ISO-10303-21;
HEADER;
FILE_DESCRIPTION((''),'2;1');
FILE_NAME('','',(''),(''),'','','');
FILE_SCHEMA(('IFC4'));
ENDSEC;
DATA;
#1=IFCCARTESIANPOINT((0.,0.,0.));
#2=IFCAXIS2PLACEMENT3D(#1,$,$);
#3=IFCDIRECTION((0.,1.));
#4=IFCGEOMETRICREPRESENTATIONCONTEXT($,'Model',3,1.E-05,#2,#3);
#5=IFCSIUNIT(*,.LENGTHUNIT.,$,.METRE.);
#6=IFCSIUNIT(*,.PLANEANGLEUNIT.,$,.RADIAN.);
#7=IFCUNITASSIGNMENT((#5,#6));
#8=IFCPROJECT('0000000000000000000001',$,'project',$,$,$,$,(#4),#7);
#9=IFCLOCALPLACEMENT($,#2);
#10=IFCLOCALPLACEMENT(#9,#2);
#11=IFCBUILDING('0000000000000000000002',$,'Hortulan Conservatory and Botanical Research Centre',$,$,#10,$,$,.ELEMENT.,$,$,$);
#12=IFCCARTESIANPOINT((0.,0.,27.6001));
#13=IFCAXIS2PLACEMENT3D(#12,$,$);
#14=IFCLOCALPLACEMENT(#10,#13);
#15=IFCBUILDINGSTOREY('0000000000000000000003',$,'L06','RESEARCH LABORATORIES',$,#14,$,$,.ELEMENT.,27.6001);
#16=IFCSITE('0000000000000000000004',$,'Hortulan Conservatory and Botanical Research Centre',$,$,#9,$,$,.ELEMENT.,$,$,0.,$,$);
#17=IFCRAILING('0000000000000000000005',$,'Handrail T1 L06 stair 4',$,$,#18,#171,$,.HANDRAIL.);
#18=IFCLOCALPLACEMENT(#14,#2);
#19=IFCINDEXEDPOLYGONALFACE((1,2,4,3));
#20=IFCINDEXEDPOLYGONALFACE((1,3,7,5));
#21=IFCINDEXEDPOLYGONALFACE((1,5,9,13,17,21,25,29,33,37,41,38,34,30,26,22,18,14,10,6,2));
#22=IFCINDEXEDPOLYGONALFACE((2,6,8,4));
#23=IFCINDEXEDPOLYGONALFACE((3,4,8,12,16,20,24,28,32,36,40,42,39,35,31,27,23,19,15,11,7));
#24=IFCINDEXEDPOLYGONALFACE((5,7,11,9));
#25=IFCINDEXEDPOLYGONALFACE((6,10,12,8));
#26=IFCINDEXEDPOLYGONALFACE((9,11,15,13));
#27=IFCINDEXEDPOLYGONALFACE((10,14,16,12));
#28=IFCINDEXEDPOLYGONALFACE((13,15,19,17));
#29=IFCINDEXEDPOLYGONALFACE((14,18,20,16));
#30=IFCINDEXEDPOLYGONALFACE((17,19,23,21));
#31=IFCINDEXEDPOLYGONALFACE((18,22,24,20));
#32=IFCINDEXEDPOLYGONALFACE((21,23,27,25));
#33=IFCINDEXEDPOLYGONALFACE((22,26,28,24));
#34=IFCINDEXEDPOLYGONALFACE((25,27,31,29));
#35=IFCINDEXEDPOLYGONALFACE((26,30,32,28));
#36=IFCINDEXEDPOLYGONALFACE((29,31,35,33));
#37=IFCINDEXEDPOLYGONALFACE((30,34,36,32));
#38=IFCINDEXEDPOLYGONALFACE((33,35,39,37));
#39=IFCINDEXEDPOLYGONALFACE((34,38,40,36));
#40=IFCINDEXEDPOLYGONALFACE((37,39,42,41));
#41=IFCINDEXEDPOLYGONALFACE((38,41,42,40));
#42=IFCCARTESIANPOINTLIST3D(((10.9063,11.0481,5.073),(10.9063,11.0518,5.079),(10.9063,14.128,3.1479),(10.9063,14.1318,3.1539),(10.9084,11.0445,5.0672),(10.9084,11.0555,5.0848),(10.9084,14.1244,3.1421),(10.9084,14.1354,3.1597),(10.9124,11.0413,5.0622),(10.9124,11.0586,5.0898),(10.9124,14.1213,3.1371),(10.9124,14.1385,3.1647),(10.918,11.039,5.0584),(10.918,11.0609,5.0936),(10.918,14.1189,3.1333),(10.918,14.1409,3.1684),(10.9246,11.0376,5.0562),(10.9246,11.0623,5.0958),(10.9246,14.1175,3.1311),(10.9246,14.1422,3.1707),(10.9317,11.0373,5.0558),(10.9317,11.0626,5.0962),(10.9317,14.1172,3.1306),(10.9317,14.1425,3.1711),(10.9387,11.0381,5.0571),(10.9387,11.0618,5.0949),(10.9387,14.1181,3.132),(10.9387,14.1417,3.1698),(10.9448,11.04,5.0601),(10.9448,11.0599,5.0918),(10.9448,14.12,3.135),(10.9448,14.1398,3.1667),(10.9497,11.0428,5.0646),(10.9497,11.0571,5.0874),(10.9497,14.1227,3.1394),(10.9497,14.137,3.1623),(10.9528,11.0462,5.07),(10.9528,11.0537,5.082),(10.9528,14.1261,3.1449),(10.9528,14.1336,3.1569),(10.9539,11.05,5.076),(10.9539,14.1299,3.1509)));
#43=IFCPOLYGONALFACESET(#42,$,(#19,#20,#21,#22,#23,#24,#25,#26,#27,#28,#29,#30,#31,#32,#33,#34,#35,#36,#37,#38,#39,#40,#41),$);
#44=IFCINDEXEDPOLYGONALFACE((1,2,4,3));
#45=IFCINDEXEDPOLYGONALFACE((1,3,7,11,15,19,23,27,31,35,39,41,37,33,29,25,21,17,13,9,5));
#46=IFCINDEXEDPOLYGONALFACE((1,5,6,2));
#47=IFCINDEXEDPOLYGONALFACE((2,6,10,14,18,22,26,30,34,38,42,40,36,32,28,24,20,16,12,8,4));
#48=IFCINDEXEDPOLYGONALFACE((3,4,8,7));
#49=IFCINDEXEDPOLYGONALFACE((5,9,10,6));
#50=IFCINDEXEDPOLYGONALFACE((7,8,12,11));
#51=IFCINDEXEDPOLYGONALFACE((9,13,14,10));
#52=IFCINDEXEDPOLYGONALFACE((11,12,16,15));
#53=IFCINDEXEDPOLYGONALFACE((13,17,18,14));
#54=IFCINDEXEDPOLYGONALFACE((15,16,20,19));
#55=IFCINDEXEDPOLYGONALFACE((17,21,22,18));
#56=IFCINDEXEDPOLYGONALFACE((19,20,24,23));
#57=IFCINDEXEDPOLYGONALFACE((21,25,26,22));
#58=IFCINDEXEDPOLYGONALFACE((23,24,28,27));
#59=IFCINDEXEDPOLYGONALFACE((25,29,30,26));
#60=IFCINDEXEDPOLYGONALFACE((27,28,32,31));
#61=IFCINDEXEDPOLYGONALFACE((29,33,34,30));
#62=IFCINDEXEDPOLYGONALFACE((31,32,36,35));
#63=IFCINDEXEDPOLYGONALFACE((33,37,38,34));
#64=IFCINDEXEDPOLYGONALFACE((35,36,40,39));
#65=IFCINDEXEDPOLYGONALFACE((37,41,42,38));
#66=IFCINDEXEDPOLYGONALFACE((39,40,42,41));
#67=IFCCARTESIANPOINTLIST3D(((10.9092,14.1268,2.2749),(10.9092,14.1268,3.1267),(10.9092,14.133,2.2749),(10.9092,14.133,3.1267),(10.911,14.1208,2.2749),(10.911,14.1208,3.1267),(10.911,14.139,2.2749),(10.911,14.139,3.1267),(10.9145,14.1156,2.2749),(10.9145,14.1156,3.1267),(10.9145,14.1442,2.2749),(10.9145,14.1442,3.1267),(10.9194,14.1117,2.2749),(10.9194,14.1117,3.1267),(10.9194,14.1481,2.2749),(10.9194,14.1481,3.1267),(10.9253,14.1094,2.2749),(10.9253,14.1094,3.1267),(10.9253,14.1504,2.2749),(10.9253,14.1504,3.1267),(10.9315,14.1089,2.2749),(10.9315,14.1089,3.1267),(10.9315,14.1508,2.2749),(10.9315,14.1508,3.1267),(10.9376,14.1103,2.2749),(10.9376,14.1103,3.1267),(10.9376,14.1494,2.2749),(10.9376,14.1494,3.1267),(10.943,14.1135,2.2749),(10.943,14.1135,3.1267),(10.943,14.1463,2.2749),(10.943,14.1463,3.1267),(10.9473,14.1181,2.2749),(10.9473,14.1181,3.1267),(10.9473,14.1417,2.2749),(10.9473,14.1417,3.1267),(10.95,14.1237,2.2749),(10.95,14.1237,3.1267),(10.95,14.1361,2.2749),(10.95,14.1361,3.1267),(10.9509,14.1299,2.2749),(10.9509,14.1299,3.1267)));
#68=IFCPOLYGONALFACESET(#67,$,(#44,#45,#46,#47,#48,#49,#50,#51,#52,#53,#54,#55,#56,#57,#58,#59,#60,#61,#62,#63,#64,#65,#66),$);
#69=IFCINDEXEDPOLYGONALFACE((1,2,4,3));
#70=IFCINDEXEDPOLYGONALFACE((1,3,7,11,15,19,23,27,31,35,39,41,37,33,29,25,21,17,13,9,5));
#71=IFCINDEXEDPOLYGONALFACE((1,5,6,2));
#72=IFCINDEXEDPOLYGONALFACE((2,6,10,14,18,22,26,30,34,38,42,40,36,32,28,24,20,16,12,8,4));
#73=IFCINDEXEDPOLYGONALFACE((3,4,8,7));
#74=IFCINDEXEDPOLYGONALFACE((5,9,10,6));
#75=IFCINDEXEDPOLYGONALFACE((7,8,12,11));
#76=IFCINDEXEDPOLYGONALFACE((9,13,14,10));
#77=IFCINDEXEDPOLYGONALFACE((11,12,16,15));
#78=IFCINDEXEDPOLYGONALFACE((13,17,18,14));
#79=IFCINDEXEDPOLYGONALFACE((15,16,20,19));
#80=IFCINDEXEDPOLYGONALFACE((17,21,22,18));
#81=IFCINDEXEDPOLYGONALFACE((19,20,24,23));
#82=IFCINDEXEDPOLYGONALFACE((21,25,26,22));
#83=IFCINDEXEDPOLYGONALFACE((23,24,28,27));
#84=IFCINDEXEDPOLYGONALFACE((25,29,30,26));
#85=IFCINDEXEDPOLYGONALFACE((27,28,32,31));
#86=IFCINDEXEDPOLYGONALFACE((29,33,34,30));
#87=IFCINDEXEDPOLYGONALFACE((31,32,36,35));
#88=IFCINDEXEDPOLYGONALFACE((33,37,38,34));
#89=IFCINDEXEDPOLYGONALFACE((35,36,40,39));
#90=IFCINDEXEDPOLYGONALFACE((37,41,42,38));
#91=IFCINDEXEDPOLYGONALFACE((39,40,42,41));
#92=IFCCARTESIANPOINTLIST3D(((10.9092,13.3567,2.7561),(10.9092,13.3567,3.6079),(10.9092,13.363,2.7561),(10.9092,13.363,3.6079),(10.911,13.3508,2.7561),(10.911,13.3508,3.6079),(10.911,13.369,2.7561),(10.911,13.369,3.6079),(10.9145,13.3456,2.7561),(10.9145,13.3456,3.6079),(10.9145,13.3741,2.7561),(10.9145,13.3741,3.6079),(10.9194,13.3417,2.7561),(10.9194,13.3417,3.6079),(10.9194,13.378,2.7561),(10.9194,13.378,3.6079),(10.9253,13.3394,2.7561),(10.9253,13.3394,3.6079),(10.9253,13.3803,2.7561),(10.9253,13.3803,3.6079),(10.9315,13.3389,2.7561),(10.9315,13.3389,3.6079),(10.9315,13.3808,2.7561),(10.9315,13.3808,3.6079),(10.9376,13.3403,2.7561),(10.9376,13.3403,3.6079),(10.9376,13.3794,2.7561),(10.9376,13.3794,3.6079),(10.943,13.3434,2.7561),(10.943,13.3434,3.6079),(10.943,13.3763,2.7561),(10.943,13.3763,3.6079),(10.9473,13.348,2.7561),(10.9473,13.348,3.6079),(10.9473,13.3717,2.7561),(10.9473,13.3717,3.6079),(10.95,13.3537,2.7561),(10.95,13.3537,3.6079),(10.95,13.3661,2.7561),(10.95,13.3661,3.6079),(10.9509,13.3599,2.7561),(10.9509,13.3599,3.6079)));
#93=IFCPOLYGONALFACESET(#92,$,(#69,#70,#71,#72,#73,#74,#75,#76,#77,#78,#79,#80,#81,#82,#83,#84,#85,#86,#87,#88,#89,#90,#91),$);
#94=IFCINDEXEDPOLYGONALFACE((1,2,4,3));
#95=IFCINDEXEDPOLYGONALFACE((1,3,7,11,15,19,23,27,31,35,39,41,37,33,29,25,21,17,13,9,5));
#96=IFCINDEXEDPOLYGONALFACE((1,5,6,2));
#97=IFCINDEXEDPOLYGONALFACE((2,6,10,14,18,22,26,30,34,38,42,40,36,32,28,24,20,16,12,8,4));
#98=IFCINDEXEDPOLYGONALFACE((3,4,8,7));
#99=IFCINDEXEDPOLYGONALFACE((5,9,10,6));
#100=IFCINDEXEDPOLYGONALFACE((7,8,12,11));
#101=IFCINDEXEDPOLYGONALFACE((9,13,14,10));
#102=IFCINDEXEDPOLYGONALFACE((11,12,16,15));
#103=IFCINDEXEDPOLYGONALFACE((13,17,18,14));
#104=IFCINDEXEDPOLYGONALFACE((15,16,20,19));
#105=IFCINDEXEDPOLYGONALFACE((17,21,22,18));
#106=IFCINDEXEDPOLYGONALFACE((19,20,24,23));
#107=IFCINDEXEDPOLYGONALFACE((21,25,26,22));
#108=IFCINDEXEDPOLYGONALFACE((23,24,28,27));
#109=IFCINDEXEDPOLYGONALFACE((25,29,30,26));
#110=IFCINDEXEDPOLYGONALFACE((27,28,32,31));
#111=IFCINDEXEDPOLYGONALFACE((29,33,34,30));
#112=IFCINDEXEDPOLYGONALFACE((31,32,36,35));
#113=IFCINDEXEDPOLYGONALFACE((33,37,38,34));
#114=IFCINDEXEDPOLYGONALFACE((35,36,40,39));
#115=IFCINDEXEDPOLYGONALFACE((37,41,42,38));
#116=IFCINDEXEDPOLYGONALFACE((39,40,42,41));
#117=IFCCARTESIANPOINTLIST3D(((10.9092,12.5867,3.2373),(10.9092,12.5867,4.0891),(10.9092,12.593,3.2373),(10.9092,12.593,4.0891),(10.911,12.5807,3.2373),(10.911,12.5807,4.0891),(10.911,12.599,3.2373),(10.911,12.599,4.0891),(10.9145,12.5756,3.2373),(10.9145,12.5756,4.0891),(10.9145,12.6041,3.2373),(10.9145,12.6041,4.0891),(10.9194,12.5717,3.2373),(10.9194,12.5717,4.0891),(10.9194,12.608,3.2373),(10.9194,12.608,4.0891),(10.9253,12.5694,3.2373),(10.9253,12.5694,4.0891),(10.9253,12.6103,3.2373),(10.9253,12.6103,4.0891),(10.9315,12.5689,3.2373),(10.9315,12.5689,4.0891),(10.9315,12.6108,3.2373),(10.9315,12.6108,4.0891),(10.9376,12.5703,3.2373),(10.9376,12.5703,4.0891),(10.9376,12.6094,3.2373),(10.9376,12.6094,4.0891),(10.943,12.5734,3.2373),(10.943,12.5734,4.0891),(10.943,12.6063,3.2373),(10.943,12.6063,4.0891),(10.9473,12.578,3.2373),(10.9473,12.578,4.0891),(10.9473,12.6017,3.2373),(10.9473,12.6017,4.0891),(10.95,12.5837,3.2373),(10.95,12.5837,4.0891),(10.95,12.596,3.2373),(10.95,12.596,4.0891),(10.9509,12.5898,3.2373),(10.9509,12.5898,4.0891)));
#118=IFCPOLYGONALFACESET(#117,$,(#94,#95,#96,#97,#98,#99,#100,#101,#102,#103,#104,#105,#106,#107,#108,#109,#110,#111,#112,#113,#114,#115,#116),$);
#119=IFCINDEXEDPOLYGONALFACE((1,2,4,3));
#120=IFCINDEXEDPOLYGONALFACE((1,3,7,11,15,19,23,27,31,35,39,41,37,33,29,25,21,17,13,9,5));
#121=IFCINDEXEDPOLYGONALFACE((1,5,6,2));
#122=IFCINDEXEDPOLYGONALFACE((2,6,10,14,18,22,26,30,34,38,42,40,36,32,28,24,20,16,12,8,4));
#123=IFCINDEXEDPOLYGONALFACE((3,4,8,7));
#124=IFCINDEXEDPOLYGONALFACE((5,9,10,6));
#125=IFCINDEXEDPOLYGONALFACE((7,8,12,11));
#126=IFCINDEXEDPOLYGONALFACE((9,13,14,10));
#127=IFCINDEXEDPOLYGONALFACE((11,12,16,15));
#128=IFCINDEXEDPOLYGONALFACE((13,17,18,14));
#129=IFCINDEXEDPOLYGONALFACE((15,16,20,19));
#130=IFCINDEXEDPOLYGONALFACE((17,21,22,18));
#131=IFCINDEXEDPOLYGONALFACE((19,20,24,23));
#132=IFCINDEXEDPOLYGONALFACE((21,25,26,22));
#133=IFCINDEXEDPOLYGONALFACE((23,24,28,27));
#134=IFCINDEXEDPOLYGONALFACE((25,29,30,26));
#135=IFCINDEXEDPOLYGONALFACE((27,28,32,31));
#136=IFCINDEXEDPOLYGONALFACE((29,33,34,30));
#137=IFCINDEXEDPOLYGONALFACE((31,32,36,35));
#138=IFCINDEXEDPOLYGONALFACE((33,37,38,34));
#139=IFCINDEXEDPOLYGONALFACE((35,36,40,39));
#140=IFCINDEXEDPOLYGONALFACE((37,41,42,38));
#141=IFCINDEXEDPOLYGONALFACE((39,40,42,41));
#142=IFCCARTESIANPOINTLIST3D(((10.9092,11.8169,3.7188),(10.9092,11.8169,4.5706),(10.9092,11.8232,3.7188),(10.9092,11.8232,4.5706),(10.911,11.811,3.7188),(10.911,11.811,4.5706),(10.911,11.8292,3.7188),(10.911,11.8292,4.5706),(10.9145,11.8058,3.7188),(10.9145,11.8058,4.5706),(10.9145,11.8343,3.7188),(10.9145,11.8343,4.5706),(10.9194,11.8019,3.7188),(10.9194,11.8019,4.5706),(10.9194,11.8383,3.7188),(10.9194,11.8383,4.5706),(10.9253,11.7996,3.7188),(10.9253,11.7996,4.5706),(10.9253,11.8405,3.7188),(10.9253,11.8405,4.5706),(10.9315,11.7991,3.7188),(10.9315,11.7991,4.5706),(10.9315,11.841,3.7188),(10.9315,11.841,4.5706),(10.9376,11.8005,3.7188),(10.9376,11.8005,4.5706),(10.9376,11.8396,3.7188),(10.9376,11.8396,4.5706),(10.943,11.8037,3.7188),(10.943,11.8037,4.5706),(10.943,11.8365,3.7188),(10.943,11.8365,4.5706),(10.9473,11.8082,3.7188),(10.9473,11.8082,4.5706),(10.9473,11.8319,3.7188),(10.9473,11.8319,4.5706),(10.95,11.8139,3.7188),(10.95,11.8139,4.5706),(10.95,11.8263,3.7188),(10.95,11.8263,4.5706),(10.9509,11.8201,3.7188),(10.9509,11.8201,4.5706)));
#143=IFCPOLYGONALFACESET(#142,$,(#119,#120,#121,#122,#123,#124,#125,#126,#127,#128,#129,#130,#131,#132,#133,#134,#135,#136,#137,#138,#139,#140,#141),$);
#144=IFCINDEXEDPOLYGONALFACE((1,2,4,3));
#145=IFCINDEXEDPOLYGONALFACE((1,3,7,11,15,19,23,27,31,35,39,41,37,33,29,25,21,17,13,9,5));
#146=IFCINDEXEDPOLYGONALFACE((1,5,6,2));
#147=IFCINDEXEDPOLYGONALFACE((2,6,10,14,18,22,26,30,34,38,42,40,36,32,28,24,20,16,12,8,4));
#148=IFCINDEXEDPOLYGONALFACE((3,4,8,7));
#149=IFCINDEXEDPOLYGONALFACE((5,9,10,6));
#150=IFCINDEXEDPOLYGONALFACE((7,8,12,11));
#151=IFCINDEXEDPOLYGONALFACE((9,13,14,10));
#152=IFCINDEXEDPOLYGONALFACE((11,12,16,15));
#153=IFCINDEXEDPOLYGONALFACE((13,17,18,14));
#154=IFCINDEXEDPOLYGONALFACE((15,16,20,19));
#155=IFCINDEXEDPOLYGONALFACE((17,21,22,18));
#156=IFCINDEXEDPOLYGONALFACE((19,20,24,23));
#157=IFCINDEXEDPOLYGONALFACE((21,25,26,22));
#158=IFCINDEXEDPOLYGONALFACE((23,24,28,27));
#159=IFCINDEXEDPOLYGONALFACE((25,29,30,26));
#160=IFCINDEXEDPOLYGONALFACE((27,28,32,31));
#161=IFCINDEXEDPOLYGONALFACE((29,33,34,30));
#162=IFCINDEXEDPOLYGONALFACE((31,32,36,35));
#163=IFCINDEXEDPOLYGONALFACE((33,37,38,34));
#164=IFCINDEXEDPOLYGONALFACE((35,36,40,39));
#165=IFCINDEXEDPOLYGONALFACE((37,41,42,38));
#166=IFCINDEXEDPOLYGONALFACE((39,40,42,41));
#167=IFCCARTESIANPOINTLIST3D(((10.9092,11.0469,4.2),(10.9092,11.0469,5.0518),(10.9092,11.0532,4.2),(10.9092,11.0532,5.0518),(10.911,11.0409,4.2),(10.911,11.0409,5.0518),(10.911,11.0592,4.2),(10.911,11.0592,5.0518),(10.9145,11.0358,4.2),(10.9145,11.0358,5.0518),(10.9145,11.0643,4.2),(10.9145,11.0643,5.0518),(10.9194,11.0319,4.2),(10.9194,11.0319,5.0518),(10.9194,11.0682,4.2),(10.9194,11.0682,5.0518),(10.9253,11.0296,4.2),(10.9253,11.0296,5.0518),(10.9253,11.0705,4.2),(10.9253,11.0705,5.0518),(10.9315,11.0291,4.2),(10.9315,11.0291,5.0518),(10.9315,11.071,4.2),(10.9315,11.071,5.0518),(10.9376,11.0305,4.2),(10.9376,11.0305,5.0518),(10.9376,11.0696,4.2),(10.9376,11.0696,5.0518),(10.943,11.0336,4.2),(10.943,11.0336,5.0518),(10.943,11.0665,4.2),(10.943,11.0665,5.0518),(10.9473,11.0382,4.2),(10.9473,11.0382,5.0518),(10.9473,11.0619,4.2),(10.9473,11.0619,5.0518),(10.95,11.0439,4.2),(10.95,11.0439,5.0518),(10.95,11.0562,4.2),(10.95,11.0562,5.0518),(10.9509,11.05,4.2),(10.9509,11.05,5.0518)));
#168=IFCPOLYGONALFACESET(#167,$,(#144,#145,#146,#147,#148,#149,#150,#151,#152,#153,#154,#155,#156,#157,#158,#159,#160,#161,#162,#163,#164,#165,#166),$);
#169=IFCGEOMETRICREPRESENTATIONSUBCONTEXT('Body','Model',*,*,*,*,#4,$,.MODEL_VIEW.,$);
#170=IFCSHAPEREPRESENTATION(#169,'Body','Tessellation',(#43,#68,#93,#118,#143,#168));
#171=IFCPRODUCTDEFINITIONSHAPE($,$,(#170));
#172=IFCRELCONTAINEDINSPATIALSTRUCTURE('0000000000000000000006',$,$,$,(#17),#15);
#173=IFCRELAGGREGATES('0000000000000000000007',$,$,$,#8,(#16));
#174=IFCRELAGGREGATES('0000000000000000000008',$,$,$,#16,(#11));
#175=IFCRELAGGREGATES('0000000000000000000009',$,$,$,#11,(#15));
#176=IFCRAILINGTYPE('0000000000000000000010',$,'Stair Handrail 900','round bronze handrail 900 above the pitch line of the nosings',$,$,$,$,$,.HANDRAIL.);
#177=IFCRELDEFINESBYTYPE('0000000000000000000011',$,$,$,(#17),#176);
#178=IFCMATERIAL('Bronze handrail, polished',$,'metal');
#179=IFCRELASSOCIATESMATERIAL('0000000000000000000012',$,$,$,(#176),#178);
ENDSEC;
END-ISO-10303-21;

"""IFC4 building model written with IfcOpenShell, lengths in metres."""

from ifc_helpers import new_model, si_unit, direction, frame, origin, origin_2d, place, context, subcontext, project, spatial, circle, extrude, material, type_object, element, save


model = new_model("IFC4")

# Units and contexts
model_context = context("Model", 3, precision=1e-05, world=origin(), true_north=direction((0.0, 1.0)))
body_context = subcontext(model_context, "Body", "Model", "MODEL_VIEW")
ifc_project = project(units=[si_unit("LENGTHUNIT", "METRE"), si_unit("PLANEANGLEUNIT", "RADIAN")], contexts=[model_context])

# Site, building, storey
site_placement = place(None, origin())
site = spatial("IfcSite", under=ifc_project, at=site_placement, Name="Hortulan Conservatory and Botanical Research Centre", CompositionType="ELEMENT", RefElevation=0.0)
building_placement = place(site_placement, origin())
building = spatial("IfcBuilding", under=site, at=building_placement, Name="Hortulan Conservatory and Botanical Research Centre", CompositionType="ELEMENT")
storey_placement = place(building_placement, frame((0.0, 0.0, 27.6001)))
storey = spatial("IfcBuildingStorey", under=building, at=storey_placement, Name="L06", Description="RESEARCH LABORATORIES", CompositionType="ELEMENT", Elevation=27.6001)

# Railing
ifc_material_1 = material(Name="Bronze handrail, polished", Category="metal")
railing_type_1 = type_object("IfcRailingType", Name="Stair Handrail 900", Description="round bronze handrail 900 above the pitch line of the nosings", PredefinedType="HANDRAIL", material=ifc_material_1)
railing_1_placement = place(storey_placement, frame((10.9299, 14.1299, 2.2749)))
element("IfcRailing", 1, at=railing_1_placement, inside=storey, type_object=railing_type_1, Name="Handrail T1 L06 stair 4", PredefinedType="HANDRAIL", context=body_context, shape_type="SweptSolid", body=[
    extrude(circle(Radius=0.0239, at=origin_2d()), frame((0.0, 0.0, 0.876), z_axis=(0.0, -0.847979, 0.530029), x_axis=(1.0, 0.0, 0.0)), (0.0, 0.0, 1.0), 3.6321),
    extrude(circle(Radius=0.021, at=origin_2d()), origin(), (0.0, 0.0, 1.0), 0.8518),
    extrude(circle(Radius=0.021, at=origin_2d()), frame((0.0, -0.77, 0.4812)), (0.0, 0.0, 1.0), 0.8518),
    extrude(circle(Radius=0.021, at=origin_2d()), frame((0.0, -1.54, 0.9624)), (0.0, 0.0, 1.0), 0.8518),
    extrude(circle(Radius=0.021, at=origin_2d()), frame((0.0, -2.3098, 1.4438)), (0.0, 0.0, 1.0), 0.8518),
    extrude(circle(Radius=0.021, at=origin_2d()), frame((0.0, -3.0798, 1.925)), (0.0, 0.0, 1.0), 0.8518),
])

save(model, "model.ifc")
